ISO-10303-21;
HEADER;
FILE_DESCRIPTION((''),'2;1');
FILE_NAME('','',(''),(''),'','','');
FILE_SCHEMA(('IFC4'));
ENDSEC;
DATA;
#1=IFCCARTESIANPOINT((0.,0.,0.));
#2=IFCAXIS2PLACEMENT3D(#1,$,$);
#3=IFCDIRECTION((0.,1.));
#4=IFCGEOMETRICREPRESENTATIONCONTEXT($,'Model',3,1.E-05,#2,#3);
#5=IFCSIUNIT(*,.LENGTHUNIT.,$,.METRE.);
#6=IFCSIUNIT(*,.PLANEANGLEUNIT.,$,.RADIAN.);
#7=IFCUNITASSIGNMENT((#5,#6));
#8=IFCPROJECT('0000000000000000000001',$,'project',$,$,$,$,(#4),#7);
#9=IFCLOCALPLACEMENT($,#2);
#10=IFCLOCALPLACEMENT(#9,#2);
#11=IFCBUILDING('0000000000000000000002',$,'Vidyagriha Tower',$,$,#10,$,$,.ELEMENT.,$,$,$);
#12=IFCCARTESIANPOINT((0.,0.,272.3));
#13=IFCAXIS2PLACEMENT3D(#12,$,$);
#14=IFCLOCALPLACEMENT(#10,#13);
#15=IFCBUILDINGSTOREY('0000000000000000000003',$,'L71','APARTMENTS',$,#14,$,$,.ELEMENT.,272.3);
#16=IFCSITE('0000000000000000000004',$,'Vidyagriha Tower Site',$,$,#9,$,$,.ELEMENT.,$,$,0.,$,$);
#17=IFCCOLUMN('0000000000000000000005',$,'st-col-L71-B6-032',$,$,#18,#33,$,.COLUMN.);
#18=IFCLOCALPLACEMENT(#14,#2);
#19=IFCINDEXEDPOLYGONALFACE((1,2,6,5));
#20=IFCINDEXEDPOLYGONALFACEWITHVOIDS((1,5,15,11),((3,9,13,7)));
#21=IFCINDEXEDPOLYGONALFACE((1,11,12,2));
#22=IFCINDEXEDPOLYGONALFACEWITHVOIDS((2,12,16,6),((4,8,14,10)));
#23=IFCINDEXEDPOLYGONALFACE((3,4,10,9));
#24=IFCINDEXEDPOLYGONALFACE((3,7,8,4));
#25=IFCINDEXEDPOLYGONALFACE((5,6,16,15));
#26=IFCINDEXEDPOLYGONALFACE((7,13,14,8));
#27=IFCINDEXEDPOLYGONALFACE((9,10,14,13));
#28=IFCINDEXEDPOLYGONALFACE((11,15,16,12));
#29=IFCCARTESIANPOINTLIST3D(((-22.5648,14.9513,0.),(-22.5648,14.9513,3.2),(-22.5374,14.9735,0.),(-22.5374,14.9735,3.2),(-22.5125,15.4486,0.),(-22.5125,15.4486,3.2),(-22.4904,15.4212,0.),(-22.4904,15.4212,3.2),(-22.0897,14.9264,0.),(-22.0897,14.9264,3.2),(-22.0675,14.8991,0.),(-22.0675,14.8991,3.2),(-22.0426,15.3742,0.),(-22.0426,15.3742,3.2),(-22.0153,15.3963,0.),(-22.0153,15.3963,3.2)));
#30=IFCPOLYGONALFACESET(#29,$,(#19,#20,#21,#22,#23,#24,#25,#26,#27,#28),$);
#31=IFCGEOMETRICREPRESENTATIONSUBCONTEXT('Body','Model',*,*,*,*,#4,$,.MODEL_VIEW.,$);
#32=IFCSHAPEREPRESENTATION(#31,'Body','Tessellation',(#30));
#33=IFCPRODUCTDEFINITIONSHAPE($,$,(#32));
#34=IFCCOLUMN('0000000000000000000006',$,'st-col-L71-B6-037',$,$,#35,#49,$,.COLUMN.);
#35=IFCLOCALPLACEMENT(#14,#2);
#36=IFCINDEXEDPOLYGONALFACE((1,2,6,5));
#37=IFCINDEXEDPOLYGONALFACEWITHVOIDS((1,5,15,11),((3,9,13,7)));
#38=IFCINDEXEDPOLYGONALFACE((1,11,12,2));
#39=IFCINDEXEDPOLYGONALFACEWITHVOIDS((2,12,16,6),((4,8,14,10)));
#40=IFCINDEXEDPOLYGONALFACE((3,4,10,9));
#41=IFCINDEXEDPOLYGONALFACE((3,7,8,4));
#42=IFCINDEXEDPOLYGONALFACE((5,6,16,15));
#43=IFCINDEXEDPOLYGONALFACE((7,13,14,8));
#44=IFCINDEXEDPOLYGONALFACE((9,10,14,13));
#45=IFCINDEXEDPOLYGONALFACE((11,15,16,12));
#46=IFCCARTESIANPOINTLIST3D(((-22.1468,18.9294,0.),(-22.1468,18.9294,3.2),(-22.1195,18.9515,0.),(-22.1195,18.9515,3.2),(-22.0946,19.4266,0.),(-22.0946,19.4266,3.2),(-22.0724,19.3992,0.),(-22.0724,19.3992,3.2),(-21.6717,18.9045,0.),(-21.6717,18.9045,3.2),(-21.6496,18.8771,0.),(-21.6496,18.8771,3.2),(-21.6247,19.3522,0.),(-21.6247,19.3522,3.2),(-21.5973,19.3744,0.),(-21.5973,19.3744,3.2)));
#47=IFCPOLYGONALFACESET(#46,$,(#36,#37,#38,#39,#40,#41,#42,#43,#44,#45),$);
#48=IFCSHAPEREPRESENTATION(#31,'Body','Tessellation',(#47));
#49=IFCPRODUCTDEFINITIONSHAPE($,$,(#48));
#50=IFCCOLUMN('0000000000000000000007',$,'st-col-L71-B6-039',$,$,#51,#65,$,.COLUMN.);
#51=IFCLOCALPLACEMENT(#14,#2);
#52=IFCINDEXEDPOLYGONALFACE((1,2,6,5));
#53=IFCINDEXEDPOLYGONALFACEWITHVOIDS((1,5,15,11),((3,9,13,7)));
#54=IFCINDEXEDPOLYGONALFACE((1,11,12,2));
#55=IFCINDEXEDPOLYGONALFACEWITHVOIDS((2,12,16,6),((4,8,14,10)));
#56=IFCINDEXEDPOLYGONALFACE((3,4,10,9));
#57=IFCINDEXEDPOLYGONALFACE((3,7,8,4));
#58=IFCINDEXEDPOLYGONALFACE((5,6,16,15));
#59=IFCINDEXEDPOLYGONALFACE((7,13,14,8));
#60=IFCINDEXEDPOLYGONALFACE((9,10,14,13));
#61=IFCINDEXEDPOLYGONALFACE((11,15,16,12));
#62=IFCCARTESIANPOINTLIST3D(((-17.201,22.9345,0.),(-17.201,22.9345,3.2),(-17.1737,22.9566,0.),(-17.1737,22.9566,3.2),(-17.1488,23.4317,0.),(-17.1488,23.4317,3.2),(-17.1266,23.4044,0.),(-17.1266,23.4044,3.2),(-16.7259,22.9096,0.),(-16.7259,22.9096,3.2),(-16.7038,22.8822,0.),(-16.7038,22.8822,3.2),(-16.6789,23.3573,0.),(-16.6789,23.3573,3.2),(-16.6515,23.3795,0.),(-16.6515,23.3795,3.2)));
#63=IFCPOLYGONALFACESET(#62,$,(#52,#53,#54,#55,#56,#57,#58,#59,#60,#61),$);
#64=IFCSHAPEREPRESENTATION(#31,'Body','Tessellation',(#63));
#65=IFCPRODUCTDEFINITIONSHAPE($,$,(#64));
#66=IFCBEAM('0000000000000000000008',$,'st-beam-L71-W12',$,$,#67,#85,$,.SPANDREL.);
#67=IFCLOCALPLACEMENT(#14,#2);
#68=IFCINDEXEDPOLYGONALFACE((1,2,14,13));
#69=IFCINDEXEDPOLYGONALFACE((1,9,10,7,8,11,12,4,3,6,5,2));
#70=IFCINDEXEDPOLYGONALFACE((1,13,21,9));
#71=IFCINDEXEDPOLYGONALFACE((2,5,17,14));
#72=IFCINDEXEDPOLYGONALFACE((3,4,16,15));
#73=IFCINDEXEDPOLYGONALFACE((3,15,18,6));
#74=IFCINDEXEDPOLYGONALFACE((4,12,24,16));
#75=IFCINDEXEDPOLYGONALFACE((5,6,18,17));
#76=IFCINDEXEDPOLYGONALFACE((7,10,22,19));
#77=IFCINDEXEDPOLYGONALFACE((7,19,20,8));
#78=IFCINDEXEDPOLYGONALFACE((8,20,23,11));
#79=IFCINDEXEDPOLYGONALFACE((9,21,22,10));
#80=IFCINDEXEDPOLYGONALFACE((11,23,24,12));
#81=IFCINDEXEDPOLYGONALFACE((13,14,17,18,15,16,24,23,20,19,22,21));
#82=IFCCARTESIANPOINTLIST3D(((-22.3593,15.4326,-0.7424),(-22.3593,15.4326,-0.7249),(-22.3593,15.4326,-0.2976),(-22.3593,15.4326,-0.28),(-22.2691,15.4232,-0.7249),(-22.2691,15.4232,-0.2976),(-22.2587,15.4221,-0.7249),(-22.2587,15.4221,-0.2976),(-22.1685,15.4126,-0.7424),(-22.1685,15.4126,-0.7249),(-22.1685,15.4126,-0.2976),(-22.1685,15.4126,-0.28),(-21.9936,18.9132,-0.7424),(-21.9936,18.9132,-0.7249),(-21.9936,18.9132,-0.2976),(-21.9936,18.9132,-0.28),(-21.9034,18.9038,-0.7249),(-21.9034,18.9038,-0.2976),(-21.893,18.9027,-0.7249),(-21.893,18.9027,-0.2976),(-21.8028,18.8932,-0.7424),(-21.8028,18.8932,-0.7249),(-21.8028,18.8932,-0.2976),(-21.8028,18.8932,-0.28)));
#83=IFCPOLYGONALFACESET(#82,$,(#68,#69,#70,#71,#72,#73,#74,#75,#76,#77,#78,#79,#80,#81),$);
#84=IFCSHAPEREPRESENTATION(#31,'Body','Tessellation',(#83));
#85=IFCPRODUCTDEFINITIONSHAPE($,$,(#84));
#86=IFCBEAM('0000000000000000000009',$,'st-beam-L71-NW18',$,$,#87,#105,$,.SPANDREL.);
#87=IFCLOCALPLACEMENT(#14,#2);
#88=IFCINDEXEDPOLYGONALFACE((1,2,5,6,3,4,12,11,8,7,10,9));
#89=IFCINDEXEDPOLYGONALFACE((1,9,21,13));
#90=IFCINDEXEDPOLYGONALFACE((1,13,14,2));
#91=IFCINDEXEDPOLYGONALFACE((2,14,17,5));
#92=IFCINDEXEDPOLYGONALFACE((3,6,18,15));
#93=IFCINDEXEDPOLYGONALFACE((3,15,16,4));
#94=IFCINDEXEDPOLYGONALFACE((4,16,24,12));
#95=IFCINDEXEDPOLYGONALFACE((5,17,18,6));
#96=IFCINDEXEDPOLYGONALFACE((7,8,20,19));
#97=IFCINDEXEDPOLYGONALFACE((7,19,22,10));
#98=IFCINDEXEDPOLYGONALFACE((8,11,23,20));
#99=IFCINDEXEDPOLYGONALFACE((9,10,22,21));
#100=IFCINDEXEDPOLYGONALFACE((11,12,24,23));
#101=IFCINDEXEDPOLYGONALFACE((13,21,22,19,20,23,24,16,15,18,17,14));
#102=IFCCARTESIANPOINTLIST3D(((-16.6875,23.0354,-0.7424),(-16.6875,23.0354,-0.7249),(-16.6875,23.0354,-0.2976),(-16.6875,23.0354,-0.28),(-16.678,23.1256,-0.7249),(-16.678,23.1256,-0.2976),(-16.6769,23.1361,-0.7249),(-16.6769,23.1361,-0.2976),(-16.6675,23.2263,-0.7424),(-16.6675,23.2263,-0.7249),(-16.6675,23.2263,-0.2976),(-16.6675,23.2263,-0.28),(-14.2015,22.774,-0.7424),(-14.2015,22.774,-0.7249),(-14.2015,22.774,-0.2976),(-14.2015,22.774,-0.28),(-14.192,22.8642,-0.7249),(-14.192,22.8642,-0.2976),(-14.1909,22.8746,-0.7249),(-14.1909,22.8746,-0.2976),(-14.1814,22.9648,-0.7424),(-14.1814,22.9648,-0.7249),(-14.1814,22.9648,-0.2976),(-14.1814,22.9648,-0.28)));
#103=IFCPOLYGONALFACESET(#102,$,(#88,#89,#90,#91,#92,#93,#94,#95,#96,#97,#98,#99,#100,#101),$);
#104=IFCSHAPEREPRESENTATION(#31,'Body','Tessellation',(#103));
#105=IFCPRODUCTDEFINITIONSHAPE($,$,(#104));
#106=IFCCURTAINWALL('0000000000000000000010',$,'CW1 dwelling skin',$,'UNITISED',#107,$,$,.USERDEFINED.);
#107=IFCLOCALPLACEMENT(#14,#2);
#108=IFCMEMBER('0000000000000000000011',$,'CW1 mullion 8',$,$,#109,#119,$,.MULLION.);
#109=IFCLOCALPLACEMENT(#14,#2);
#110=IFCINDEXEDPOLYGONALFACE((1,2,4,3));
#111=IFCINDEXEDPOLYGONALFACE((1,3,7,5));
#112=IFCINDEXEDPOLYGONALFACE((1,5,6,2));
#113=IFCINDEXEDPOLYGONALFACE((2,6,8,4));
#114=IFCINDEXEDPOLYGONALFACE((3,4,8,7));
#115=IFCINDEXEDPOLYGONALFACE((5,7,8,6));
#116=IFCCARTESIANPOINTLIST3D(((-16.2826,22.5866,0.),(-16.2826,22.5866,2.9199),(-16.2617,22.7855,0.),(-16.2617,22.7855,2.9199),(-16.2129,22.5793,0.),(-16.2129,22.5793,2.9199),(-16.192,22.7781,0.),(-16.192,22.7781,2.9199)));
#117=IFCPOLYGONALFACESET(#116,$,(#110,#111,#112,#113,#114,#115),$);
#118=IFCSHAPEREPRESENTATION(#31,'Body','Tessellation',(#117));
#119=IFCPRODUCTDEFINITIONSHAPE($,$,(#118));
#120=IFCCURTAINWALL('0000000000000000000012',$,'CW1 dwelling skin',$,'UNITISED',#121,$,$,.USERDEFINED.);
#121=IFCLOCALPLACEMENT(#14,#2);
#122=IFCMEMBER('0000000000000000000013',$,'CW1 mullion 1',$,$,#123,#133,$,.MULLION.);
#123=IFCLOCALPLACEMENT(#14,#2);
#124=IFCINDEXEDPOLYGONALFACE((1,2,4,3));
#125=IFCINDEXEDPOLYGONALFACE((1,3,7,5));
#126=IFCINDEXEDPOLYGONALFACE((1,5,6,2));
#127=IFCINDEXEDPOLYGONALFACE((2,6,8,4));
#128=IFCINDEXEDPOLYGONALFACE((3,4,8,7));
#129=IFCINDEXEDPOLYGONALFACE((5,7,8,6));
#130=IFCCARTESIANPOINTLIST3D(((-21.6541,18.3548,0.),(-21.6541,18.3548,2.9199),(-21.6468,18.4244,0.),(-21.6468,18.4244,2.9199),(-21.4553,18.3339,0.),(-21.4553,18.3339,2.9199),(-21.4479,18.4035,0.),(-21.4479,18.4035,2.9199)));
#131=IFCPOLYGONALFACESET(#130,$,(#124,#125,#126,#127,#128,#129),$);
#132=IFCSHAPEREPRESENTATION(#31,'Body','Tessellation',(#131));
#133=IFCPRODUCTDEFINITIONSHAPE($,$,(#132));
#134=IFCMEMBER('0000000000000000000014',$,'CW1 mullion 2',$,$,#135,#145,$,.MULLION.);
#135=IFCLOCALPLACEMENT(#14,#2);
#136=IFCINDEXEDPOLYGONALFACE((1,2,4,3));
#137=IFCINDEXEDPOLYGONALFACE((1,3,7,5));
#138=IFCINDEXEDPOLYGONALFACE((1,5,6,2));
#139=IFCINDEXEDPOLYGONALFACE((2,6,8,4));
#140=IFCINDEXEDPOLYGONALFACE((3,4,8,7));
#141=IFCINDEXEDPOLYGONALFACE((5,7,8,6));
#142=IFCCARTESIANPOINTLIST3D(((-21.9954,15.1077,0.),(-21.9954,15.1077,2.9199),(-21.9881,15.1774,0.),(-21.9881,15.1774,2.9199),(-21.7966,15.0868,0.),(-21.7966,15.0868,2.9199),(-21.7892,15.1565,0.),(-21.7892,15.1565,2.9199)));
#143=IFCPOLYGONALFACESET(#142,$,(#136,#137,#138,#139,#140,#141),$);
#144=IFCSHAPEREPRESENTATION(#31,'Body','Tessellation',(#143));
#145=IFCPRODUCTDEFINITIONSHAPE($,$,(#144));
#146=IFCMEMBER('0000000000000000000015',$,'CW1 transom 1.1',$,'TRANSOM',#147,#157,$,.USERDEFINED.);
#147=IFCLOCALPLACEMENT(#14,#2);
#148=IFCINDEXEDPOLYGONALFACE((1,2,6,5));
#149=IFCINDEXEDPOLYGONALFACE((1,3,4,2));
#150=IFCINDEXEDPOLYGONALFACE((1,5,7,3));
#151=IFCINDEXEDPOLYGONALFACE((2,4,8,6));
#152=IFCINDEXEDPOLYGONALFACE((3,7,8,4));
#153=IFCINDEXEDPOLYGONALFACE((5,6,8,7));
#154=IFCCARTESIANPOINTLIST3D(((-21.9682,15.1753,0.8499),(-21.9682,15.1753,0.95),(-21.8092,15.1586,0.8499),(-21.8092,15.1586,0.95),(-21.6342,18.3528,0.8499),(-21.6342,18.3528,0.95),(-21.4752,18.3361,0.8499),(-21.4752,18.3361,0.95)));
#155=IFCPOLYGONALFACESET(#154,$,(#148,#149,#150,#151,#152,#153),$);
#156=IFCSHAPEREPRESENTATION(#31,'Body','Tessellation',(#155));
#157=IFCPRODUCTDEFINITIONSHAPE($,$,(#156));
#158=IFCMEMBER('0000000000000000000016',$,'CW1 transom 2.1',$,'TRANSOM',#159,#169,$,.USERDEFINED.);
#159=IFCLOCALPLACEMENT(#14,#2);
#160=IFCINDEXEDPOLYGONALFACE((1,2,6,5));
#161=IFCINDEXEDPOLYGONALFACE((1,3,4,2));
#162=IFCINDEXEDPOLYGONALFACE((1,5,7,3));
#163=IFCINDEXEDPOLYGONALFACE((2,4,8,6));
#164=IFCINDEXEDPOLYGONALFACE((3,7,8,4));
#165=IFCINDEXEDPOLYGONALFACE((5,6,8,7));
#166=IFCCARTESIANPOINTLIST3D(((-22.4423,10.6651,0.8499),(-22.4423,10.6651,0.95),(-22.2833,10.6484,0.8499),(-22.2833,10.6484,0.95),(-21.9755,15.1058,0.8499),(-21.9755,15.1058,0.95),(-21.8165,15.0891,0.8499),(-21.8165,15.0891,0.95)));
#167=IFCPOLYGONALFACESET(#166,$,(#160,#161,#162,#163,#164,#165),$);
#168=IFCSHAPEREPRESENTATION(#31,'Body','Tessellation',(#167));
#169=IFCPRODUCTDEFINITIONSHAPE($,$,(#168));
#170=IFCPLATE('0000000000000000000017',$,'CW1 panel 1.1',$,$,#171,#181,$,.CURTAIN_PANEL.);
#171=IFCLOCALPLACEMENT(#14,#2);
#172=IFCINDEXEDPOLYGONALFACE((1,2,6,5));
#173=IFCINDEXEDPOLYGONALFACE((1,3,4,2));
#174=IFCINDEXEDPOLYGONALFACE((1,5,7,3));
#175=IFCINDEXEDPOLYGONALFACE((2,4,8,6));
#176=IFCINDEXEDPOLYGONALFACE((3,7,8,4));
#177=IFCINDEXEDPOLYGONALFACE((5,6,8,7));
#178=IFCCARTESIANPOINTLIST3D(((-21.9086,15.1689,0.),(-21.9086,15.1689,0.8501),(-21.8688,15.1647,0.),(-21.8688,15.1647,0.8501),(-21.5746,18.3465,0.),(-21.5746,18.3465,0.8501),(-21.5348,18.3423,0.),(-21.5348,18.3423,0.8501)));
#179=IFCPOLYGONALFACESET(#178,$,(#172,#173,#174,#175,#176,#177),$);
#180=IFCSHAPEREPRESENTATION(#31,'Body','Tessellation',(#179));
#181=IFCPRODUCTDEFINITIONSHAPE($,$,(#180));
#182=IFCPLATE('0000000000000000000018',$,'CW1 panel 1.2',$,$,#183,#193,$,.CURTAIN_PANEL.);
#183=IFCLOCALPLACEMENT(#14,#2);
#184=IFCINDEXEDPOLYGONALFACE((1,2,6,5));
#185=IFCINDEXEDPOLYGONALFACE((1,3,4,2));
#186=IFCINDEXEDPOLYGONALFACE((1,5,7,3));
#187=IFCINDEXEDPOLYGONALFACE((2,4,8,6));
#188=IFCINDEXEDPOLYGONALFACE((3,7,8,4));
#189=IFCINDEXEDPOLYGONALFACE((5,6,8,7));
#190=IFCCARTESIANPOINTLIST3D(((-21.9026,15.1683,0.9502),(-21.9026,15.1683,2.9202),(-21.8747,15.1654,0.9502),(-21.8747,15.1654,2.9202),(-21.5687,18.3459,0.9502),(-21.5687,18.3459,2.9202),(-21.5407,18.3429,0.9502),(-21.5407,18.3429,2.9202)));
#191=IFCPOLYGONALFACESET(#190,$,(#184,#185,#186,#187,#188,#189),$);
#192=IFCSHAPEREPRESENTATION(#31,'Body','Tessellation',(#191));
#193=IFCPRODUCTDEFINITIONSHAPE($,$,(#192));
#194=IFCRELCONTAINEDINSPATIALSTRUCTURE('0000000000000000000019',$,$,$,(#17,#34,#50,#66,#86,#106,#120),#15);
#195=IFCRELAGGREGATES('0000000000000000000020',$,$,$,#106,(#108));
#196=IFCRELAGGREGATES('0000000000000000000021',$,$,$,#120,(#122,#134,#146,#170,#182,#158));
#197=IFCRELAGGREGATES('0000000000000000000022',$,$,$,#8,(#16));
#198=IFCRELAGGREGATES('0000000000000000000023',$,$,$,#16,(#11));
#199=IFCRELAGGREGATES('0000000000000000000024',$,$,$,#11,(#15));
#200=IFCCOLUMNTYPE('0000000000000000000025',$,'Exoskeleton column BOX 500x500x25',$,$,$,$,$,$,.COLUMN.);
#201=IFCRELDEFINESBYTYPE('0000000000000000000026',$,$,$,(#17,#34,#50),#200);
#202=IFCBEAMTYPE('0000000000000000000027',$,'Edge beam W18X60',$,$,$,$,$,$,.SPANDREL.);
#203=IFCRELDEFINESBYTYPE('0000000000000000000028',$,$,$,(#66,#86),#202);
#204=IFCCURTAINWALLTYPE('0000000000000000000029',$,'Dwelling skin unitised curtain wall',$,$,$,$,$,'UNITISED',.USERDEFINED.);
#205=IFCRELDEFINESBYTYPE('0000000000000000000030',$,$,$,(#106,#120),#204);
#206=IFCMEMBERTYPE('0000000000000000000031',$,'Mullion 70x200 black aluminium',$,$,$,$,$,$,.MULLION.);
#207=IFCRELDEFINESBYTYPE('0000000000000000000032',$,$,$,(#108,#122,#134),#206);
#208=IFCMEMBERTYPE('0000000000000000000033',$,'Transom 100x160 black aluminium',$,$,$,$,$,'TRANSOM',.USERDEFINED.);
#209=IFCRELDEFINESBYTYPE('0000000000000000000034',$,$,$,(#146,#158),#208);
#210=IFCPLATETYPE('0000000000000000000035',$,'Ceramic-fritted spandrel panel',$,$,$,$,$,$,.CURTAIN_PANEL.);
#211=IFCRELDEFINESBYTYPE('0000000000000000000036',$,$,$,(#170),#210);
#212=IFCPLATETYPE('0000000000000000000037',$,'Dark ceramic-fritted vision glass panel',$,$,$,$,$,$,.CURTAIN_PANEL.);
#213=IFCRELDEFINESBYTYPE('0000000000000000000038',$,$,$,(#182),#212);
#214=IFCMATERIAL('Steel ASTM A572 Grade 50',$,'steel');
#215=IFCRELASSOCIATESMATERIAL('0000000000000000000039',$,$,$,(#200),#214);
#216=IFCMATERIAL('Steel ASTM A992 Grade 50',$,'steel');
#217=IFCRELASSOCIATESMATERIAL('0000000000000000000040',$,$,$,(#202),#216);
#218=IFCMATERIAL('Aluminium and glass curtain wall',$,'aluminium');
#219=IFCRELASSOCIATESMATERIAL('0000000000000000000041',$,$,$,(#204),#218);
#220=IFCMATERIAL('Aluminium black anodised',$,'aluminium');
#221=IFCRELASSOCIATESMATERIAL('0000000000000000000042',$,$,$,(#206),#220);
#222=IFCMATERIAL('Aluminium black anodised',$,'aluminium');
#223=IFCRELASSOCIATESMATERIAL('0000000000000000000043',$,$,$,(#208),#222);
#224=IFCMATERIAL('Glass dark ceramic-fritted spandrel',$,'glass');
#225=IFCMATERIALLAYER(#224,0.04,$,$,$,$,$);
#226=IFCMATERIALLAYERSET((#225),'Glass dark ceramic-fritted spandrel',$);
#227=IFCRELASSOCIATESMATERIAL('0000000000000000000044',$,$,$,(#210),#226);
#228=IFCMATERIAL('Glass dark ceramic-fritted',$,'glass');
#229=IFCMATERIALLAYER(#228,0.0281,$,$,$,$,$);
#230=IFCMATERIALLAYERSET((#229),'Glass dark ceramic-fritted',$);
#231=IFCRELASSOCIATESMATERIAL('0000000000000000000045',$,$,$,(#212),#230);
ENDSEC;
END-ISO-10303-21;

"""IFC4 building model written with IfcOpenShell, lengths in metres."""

from ifc_helpers import new_model, si_unit, direction, frame, origin, origin_2d, place, context, subcontext, project, spatial, rectangle, hollow_rectangle, i_section, extrude, material, layer, layer_set, material_profile, profile_set, type_object, element, aggregate, save


model = new_model("IFC4")

# Units and contexts
model_context = context("Model", 3, precision=1e-05, world=origin(), true_north=direction((0.0, 1.0)))
body_context = subcontext(model_context, "Body", "Model", "MODEL_VIEW")
ifc_project = project(units=[si_unit("LENGTHUNIT", "METRE"), si_unit("PLANEANGLEUNIT", "RADIAN")], contexts=[model_context])

# Site, building, storey
site_placement = place(None, origin())
site = spatial("IfcSite", under=ifc_project, at=site_placement, Name="Vidyagriha Tower Site", CompositionType="ELEMENT", RefElevation=0.0)
building_placement = place(site_placement, origin())
building = spatial("IfcBuilding", under=site, at=building_placement, Name="Vidyagriha Tower", CompositionType="ELEMENT")
storey_placement = place(building_placement, frame((0.0, 0.0, 272.3)))
storey = spatial("IfcBuildingStorey", under=building, at=storey_placement, Name="L71", Description="APARTMENTS", CompositionType="ELEMENT", Elevation=272.3)

# Columns
ifc_material_1 = material(Name="Steel ASTM A572 Grade 50", Category="steel")
ifc_material_profile_1 = material_profile(ifc_material_1, hollow_rectangle(XDim=0.5, YDim=0.5, WallThickness=0.0249, at=origin_2d()), Name="BOX 500x500x25")
ifc_profile_set_1 = profile_set([ifc_material_profile_1], Name="Steel ASTM A572 Grade 50")
column_type = type_object("IfcColumnType", Name="Exoskeleton column BOX 500x500x25", PredefinedType="COLUMN", material=ifc_profile_set_1)
for number, where, z_axis, x_axis, name in (
    (1, (-22.29, 15.1738, 0.0), (0.0, 0.0, 1.0), (0.994522, -0.104528, 0.0), "st-col-L71-B6-032"),
    (2, (-21.8721, 19.1519, 0.0), (0.0, 0.0, 1.0), (0.994522, -0.104528, 0.0), "st-col-L71-B6-037"),
    (3, (-16.9263, 23.157, 0.0), (0.0, 0.0, 1.0), (0.994522, -0.104528, 0.0), "st-col-L71-B6-039"),
):
    element("IfcColumn", number, at=place(storey_placement, frame(where, z_axis=z_axis, x_axis=x_axis)), inside=storey, type_object=column_type, Name=name, PredefinedType="COLUMN", context=body_context, shape_type="SweptSolid", body=[
        extrude(hollow_rectangle(XDim=0.5, YDim=0.5, WallThickness=0.0249, at=origin_2d()), origin(), (0.0, 0.0, 1.0), 3.2),
    ])

# Beams
ifc_material_2 = material(Name="Steel ASTM A992 Grade 50", Category="steel")
ifc_material_profile_2 = material_profile(ifc_material_2, i_section(OverallWidth=0.1919, OverallDepth=0.4624, WebThickness=0.0105, FlangeThickness=0.0176, at=origin_2d()), Name="W18X60")
ifc_profile_set_2 = profile_set([ifc_material_profile_2], Name="Steel ASTM A992 Grade 50")
beam_type = type_object("IfcBeamType", Name="Edge beam W18X60", PredefinedType="SPANDREL", material=ifc_profile_set_2)
beam_1_placement = place(storey_placement, frame((-22.2639, 15.4226, -0.5112), z_axis=(0.104496, 0.994525, 0.0), x_axis=(-0.994525, 0.104496, 0.0)))
element("IfcBeam", 4, at=beam_1_placement, inside=storey, type_object=beam_type, Name="st-beam-L71-W12", PredefinedType="SPANDREL", context=body_context, shape_type="SweptSolid", body=[
    extrude(i_section(OverallWidth=0.1919, OverallDepth=0.4624, WebThickness=0.0105, FlangeThickness=0.0176, at=origin_2d()), origin(), (0.0, 0.0, 1.0), 3.4998),
])
beam_2_placement = place(storey_placement, frame((-16.6775, 23.1309, -0.5112), z_axis=(0.994515, -0.104598, 0.0), x_axis=(0.104598, 0.994515, 0.0)))
element("IfcBeam", 5, at=beam_2_placement, inside=storey, type_object=beam_type, Name="st-beam-L71-NW18", PredefinedType="SPANDREL", context=body_context, shape_type="SweptSolid", body=[
    extrude(i_section(OverallWidth=0.1919, OverallDepth=0.4624, WebThickness=0.0105, FlangeThickness=0.0176, at=origin_2d()), origin(), (0.0, 0.0, 1.0), 2.4998),
])

# Curtain wall, member
ifc_material_3 = material(Name="Aluminium and glass curtain wall", Category="aluminium")
curtain_wall_type = type_object("IfcCurtainWallType", Name="Dwelling skin unitised curtain wall", ElementType="UNITISED", PredefinedType="USERDEFINED", material=ifc_material_3)
curtain_wall_1_placement = place(storey_placement, origin())
curtain_wall_1 = element("IfcCurtainWall", 6, at=curtain_wall_1_placement, inside=storey, type_object=curtain_wall_type, Name="CW1 dwelling skin", ObjectType="UNITISED", PredefinedType="USERDEFINED")
ifc_material_4 = material(Name="Aluminium black anodised", Category="aluminium")
ifc_material_profile_3 = material_profile(ifc_material_4, rectangle(XDim=0.2, YDim=0.0701, at=origin_2d()), Name="Mullion 70x200 black aluminium")
ifc_profile_set_3 = profile_set([ifc_material_profile_3], Name="Aluminium black anodised")
member_type_1 = type_object("IfcMemberType", Name="Mullion 70x200 black aluminium", PredefinedType="MULLION", material=ifc_profile_set_3)
member_1_placement = place(storey_placement, frame((-16.2373, 22.6824, 0.0), z_axis=(0.0, 0.0, 1.0), x_axis=(-0.104529, -0.994522, 0.0)))
member_1 = element("IfcMember", 7, at=member_1_placement, type_object=member_type_1, Name="CW1 mullion 8", PredefinedType="MULLION", context=body_context, shape_type="SweptSolid", body=[
    extrude(rectangle(XDim=0.2, YDim=0.0701, at=origin_2d()), origin(), (0.0, 0.0, 1.0), 2.9199),
])
aggregate(curtain_wall_1, [member_1])

# Curtain wall, members, plates
curtain_wall_2_placement = place(storey_placement, origin())
curtain_wall_2 = element("IfcCurtainWall", 8, at=curtain_wall_2_placement, inside=storey, type_object=curtain_wall_type, Name="CW1 dwelling skin", ObjectType="UNITISED", PredefinedType="USERDEFINED")
member_2_placement = place(storey_placement, frame((-21.551, 18.3792, 0.0), z_axis=(0.0, 0.0, 1.0), x_axis=(0.994522, -0.104525, 0.0)))
member_2 = element("IfcMember", 9, at=member_2_placement, type_object=member_type_1, Name="CW1 mullion 1", PredefinedType="MULLION", context=body_context, shape_type="SweptSolid", body=[
    extrude(rectangle(XDim=0.2, YDim=0.0701, at=origin_2d()), origin(), (0.0, 0.0, 1.0), 2.9199),
])
member_3_placement = place(storey_placement, frame((-21.8923, 15.1321, 0.0), z_axis=(0.0, 0.0, 1.0), x_axis=(0.994522, -0.104525, 0.0)))
member_3 = element("IfcMember", 10, at=member_3_placement, type_object=member_type_1, Name="CW1 mullion 2", PredefinedType="MULLION", context=body_context, shape_type="SweptSolid", body=[
    extrude(rectangle(XDim=0.2, YDim=0.0701, at=origin_2d()), origin(), (0.0, 0.0, 1.0), 2.9199),
])
ifc_material_5 = material(Name="Aluminium black anodised", Category="aluminium")
ifc_material_profile_4 = material_profile(ifc_material_5, rectangle(XDim=0.1599, YDim=0.1001, at=origin_2d()), Name="Transom 100x160 black aluminium")
ifc_profile_set_4 = profile_set([ifc_material_profile_4], Name="Aluminium black anodised")
member_type_2 = type_object("IfcMemberType", Name="Transom 100x160 black aluminium", ElementType="TRANSOM", PredefinedType="USERDEFINED", material=ifc_profile_set_4)
member_4_placement = place(storey_placement, frame((-21.5547, 18.3445, 0.8999), z_axis=(-0.104534, -0.994521, 0.0), x_axis=(0.994521, -0.104534, 0.0)))
member_4 = element("IfcMember", 11, at=member_4_placement, type_object=member_type_2, Name="CW1 transom 1.1", ObjectType="TRANSOM", PredefinedType="USERDEFINED", context=body_context, shape_type="SweptSolid", body=[
    extrude(rectangle(XDim=0.1599, YDim=0.1001, at=origin_2d()), origin(), (0.0, 0.0, 1.0), 3.1951),
])
member_5_placement = place(storey_placement, frame((-21.896, 15.0974, 0.8999), z_axis=(-0.104542, -0.99452, 0.0), x_axis=(0.99452, -0.104542, 0.0)))
member_5 = element("IfcMember", 12, at=member_5_placement, type_object=member_type_2, Name="CW1 transom 2.1", ObjectType="TRANSOM", PredefinedType="USERDEFINED", context=body_context, shape_type="SweptSolid", body=[
    extrude(rectangle(XDim=0.1599, YDim=0.1001, at=origin_2d()), origin(), (0.0, 0.0, 1.0), 4.4651),
])
ifc_material_6 = material(Name="Glass dark ceramic-fritted spandrel", Category="glass")
ifc_layer_1 = layer(ifc_material_6, 0.04)
ifc_layer_set_1 = layer_set([ifc_layer_1], Name="Glass dark ceramic-fritted spandrel")
plate_type_1 = type_object("IfcPlateType", Name="Ceramic-fritted spandrel panel", PredefinedType="CURTAIN_PANEL", material=ifc_layer_set_1)
plate_1_placement = place(storey_placement, frame((-21.7217, 16.7556, 0.0), z_axis=(0.0, 0.0, 1.0), x_axis=(-0.104525, -0.994522, 0.0)))
plate_1 = element("IfcPlate", 13, at=plate_1_placement, type_object=plate_type_1, Name="CW1 panel 1.1", PredefinedType="CURTAIN_PANEL", context=body_context, shape_type="SweptSolid", body=[
    extrude(rectangle(XDim=3.1951, YDim=0.04, at=origin_2d()), origin(), (0.0, 0.0, 1.0), 0.8501),
])
ifc_material_7 = material(Name="Glass dark ceramic-fritted", Category="glass")
ifc_layer_2 = layer(ifc_material_7, 0.0281)
ifc_layer_set_2 = layer_set([ifc_layer_2], Name="Glass dark ceramic-fritted")
plate_type_2 = type_object("IfcPlateType", Name="Dark ceramic-fritted vision glass panel", PredefinedType="CURTAIN_PANEL", material=ifc_layer_set_2)
plate_2_placement = place(storey_placement, frame((-21.7217, 16.7556, 0.9502), z_axis=(0.0, 0.0, 1.0), x_axis=(-0.104525, -0.994522, 0.0)))
plate_2 = element("IfcPlate", 14, at=plate_2_placement, type_object=plate_type_2, Name="CW1 panel 1.2", PredefinedType="CURTAIN_PANEL", context=body_context, shape_type="SweptSolid", body=[
    extrude(rectangle(XDim=3.1951, YDim=0.0281, at=origin_2d()), origin(), (0.0, 0.0, 1.0), 1.97),
])
aggregate(curtain_wall_2, [member_2, member_3, member_4, plate_1, plate_2, member_5])

save(model, "model.ifc")
